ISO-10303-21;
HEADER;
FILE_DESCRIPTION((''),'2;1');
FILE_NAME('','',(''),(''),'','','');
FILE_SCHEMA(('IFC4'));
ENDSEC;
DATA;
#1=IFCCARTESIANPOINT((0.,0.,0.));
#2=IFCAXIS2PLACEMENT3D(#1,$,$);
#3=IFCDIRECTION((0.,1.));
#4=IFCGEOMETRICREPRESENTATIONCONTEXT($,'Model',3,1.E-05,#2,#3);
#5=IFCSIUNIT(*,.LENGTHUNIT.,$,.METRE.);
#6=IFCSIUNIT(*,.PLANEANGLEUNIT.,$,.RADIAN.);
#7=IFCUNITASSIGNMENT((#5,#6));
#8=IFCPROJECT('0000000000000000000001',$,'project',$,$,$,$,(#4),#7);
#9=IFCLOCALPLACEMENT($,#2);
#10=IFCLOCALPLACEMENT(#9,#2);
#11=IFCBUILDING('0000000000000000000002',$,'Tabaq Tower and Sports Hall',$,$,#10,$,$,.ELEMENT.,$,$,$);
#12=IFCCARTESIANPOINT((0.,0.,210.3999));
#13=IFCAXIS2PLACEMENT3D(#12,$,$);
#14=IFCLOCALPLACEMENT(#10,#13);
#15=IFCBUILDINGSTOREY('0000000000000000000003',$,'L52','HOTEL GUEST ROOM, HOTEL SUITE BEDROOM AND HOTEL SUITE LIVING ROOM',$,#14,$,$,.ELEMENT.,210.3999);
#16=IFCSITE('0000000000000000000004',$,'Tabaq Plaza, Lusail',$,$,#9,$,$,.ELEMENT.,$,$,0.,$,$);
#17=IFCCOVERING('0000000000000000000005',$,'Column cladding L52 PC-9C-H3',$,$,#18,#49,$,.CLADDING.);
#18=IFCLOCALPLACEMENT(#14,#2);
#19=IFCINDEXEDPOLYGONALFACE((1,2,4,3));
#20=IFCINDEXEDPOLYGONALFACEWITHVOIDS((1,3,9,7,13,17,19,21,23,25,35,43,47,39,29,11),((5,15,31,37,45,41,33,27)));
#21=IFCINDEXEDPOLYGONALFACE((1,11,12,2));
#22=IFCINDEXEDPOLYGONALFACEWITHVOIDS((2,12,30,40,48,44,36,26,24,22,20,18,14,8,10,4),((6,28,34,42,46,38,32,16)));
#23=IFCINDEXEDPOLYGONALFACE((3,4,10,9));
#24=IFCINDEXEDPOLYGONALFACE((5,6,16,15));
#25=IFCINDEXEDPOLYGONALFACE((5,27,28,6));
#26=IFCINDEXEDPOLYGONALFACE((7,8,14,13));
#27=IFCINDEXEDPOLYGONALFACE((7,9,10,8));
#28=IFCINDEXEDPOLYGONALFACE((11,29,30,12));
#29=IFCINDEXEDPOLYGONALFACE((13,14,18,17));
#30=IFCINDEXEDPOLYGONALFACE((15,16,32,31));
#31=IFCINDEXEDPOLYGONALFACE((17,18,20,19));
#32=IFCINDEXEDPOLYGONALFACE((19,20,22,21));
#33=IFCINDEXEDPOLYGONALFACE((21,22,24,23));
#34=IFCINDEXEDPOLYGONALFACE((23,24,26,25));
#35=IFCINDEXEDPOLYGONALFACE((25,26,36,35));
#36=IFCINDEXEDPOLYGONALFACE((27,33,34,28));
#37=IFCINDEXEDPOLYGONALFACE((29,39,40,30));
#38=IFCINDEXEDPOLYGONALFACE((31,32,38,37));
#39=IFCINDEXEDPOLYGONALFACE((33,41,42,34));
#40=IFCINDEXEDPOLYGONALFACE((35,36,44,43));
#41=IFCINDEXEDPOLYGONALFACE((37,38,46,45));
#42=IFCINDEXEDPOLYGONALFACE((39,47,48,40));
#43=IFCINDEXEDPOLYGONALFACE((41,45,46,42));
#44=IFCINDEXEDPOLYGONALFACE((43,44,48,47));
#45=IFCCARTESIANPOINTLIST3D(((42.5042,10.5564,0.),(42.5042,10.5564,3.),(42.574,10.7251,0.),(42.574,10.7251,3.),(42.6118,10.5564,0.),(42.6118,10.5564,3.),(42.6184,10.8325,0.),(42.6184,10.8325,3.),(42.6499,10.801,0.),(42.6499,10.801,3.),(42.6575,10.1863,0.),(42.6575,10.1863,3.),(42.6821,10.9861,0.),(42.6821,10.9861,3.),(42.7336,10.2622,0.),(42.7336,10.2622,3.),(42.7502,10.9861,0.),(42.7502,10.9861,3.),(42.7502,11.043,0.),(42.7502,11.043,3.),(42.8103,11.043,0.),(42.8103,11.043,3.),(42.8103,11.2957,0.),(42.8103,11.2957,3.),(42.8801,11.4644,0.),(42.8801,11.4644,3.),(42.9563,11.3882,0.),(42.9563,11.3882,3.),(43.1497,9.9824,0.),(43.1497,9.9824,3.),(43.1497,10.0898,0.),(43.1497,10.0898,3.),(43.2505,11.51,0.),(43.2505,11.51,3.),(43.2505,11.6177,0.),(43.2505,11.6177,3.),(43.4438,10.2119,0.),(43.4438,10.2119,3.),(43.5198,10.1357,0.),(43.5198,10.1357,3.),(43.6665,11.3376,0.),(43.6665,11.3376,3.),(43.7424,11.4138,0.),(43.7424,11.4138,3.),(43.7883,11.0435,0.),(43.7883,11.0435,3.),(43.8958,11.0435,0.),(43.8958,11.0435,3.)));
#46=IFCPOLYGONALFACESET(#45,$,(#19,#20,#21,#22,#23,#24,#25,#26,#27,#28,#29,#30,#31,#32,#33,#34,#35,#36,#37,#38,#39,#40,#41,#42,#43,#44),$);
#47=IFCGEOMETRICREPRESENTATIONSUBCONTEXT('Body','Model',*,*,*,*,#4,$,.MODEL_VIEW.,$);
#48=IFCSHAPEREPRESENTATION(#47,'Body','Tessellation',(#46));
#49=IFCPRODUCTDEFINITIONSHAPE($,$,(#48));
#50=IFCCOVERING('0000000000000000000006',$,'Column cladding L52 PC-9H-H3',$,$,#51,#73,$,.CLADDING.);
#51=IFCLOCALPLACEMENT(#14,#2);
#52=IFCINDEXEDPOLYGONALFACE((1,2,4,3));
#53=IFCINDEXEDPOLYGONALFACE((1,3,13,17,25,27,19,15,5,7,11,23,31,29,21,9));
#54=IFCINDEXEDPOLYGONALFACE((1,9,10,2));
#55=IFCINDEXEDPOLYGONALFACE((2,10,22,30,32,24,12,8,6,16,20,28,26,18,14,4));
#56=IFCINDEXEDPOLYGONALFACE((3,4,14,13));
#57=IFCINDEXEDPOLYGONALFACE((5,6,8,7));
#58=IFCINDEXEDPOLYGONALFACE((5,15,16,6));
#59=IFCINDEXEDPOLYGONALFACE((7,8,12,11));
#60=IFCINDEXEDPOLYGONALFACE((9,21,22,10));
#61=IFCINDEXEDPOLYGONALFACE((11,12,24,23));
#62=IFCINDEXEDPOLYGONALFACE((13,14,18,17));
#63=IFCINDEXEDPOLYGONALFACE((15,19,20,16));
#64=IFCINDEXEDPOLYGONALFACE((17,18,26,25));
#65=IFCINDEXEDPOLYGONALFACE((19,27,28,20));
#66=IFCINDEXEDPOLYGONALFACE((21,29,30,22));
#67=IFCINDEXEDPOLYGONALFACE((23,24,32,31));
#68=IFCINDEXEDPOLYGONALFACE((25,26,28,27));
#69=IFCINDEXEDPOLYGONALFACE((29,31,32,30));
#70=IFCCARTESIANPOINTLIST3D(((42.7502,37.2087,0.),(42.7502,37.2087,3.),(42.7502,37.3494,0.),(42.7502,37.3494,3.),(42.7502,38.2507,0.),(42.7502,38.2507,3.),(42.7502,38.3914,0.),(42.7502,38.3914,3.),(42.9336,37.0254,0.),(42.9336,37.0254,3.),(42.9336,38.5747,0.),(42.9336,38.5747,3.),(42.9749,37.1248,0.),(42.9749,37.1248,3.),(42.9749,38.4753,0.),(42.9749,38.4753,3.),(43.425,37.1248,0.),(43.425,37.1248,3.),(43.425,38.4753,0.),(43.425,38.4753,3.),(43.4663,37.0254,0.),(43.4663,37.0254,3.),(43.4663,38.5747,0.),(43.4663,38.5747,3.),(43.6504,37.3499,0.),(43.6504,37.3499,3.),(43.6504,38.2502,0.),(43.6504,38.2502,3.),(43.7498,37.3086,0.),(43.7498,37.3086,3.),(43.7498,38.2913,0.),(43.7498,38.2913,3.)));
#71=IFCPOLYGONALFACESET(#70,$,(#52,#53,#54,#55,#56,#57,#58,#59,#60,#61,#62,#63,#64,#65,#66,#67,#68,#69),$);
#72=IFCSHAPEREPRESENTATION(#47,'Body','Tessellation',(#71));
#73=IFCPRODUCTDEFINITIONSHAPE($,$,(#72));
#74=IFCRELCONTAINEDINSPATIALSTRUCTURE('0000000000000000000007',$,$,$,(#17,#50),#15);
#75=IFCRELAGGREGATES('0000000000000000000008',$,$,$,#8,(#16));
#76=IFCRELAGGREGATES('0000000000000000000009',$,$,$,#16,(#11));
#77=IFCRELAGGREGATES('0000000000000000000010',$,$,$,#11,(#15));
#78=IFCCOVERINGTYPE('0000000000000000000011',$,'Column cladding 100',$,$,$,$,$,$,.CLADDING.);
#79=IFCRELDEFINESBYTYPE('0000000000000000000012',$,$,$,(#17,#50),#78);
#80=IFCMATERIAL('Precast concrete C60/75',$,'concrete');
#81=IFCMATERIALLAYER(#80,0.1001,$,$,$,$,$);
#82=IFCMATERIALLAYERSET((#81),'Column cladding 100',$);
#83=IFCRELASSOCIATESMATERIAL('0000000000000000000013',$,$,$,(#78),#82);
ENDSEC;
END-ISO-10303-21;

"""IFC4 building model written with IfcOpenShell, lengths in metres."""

from ifc_helpers import new_model, si_unit, direction, frame, origin, place, context, subcontext, project, spatial, polyline, outline, extrude, material, layer, layer_set, type_object, element, save


model = new_model("IFC4")

# Units and contexts
model_context = context("Model", 3, precision=1e-05, world=origin(), true_north=direction((0.0, 1.0)))
body_context = subcontext(model_context, "Body", "Model", "MODEL_VIEW")
ifc_project = project(units=[si_unit("LENGTHUNIT", "METRE"), si_unit("PLANEANGLEUNIT", "RADIAN")], contexts=[model_context])

# Site, building, storey
site_placement = place(None, origin())
site = spatial("IfcSite", under=ifc_project, at=site_placement, Name="Tabaq Plaza, Lusail", CompositionType="ELEMENT", RefElevation=0.0)
building_placement = place(site_placement, origin())
building = spatial("IfcBuilding", under=site, at=building_placement, Name="Tabaq Tower and Sports Hall", CompositionType="ELEMENT")
storey_placement = place(building_placement, frame((0.0, 0.0, 210.3999)))
storey = spatial("IfcBuildingStorey", under=building, at=storey_placement, Name="L52", Description="HOTEL GUEST ROOM, HOTEL SUITE BEDROOM AND HOTEL SUITE LIVING ROOM", CompositionType="ELEMENT", Elevation=210.3999)

# Coverings
ifc_material_1 = material(Name="Precast concrete C60/75", Category="concrete")
ifc_layer_1 = layer(ifc_material_1, 0.1001)
ifc_layer_set_1 = layer_set([ifc_layer_1], Name="Column cladding 100")
covering_type = type_object("IfcCoveringType", Name="Column cladding 100", PredefinedType="CLADDING", material=ifc_layer_set_1)
covering_1_placement = place(storey_placement, origin())
element("IfcCovering", 1, at=covering_1_placement, inside=storey, type_object=covering_type, Name="Column cladding L52 PC-9C-H3", PredefinedType="CLADDING", context=body_context, shape_type="SweptSolid", body=[
    extrude(outline(polyline([(42.6575, 10.1863), (42.5042, 10.5564), (42.574, 10.7251), (42.6499, 10.801), (42.6184, 10.8325), (42.6821, 10.9861), (42.7502, 10.9861), (42.7502, 11.043), (42.8103, 11.043), (42.8103, 11.2957), (42.8801, 11.4644), (43.2505, 11.6177), (43.7424, 11.4138), (43.8958, 11.0435), (43.5198, 10.1357), (43.1497, 9.9824), (42.6575, 10.1863)]), holes=[polyline([(43.6665, 11.3376), (43.2505, 11.51), (42.9563, 11.3882), (42.6118, 10.5564), (42.7336, 10.2622), (43.1497, 10.0898), (43.4438, 10.2119), (43.7883, 11.0435), (43.6665, 11.3376)])]), origin(), (0.0, 0.0, 1.0), 3.0),
])
covering_2_placement = place(storey_placement, origin())
element("IfcCovering", 2, at=covering_2_placement, inside=storey, type_object=covering_type, Name="Column cladding L52 PC-9H-H3", PredefinedType="CLADDING", context=body_context, shape_type="SweptSolid", body=[
    extrude(outline(polyline([(42.9336, 37.0254), (42.7502, 37.2087), (42.7502, 37.3494), (42.9749, 37.1248), (43.425, 37.1248), (43.6504, 37.3499), (43.6504, 38.2502), (43.425, 38.4753), (42.9749, 38.4753), (42.7502, 38.2507), (42.7502, 38.3914), (42.9336, 38.5747), (43.4663, 38.5747), (43.7498, 38.2913), (43.7498, 37.3086), (43.4663, 37.0254), (42.9336, 37.0254)])), origin(), (0.0, 0.0, 1.0), 3.0),
])

save(model, "model.ifc")
